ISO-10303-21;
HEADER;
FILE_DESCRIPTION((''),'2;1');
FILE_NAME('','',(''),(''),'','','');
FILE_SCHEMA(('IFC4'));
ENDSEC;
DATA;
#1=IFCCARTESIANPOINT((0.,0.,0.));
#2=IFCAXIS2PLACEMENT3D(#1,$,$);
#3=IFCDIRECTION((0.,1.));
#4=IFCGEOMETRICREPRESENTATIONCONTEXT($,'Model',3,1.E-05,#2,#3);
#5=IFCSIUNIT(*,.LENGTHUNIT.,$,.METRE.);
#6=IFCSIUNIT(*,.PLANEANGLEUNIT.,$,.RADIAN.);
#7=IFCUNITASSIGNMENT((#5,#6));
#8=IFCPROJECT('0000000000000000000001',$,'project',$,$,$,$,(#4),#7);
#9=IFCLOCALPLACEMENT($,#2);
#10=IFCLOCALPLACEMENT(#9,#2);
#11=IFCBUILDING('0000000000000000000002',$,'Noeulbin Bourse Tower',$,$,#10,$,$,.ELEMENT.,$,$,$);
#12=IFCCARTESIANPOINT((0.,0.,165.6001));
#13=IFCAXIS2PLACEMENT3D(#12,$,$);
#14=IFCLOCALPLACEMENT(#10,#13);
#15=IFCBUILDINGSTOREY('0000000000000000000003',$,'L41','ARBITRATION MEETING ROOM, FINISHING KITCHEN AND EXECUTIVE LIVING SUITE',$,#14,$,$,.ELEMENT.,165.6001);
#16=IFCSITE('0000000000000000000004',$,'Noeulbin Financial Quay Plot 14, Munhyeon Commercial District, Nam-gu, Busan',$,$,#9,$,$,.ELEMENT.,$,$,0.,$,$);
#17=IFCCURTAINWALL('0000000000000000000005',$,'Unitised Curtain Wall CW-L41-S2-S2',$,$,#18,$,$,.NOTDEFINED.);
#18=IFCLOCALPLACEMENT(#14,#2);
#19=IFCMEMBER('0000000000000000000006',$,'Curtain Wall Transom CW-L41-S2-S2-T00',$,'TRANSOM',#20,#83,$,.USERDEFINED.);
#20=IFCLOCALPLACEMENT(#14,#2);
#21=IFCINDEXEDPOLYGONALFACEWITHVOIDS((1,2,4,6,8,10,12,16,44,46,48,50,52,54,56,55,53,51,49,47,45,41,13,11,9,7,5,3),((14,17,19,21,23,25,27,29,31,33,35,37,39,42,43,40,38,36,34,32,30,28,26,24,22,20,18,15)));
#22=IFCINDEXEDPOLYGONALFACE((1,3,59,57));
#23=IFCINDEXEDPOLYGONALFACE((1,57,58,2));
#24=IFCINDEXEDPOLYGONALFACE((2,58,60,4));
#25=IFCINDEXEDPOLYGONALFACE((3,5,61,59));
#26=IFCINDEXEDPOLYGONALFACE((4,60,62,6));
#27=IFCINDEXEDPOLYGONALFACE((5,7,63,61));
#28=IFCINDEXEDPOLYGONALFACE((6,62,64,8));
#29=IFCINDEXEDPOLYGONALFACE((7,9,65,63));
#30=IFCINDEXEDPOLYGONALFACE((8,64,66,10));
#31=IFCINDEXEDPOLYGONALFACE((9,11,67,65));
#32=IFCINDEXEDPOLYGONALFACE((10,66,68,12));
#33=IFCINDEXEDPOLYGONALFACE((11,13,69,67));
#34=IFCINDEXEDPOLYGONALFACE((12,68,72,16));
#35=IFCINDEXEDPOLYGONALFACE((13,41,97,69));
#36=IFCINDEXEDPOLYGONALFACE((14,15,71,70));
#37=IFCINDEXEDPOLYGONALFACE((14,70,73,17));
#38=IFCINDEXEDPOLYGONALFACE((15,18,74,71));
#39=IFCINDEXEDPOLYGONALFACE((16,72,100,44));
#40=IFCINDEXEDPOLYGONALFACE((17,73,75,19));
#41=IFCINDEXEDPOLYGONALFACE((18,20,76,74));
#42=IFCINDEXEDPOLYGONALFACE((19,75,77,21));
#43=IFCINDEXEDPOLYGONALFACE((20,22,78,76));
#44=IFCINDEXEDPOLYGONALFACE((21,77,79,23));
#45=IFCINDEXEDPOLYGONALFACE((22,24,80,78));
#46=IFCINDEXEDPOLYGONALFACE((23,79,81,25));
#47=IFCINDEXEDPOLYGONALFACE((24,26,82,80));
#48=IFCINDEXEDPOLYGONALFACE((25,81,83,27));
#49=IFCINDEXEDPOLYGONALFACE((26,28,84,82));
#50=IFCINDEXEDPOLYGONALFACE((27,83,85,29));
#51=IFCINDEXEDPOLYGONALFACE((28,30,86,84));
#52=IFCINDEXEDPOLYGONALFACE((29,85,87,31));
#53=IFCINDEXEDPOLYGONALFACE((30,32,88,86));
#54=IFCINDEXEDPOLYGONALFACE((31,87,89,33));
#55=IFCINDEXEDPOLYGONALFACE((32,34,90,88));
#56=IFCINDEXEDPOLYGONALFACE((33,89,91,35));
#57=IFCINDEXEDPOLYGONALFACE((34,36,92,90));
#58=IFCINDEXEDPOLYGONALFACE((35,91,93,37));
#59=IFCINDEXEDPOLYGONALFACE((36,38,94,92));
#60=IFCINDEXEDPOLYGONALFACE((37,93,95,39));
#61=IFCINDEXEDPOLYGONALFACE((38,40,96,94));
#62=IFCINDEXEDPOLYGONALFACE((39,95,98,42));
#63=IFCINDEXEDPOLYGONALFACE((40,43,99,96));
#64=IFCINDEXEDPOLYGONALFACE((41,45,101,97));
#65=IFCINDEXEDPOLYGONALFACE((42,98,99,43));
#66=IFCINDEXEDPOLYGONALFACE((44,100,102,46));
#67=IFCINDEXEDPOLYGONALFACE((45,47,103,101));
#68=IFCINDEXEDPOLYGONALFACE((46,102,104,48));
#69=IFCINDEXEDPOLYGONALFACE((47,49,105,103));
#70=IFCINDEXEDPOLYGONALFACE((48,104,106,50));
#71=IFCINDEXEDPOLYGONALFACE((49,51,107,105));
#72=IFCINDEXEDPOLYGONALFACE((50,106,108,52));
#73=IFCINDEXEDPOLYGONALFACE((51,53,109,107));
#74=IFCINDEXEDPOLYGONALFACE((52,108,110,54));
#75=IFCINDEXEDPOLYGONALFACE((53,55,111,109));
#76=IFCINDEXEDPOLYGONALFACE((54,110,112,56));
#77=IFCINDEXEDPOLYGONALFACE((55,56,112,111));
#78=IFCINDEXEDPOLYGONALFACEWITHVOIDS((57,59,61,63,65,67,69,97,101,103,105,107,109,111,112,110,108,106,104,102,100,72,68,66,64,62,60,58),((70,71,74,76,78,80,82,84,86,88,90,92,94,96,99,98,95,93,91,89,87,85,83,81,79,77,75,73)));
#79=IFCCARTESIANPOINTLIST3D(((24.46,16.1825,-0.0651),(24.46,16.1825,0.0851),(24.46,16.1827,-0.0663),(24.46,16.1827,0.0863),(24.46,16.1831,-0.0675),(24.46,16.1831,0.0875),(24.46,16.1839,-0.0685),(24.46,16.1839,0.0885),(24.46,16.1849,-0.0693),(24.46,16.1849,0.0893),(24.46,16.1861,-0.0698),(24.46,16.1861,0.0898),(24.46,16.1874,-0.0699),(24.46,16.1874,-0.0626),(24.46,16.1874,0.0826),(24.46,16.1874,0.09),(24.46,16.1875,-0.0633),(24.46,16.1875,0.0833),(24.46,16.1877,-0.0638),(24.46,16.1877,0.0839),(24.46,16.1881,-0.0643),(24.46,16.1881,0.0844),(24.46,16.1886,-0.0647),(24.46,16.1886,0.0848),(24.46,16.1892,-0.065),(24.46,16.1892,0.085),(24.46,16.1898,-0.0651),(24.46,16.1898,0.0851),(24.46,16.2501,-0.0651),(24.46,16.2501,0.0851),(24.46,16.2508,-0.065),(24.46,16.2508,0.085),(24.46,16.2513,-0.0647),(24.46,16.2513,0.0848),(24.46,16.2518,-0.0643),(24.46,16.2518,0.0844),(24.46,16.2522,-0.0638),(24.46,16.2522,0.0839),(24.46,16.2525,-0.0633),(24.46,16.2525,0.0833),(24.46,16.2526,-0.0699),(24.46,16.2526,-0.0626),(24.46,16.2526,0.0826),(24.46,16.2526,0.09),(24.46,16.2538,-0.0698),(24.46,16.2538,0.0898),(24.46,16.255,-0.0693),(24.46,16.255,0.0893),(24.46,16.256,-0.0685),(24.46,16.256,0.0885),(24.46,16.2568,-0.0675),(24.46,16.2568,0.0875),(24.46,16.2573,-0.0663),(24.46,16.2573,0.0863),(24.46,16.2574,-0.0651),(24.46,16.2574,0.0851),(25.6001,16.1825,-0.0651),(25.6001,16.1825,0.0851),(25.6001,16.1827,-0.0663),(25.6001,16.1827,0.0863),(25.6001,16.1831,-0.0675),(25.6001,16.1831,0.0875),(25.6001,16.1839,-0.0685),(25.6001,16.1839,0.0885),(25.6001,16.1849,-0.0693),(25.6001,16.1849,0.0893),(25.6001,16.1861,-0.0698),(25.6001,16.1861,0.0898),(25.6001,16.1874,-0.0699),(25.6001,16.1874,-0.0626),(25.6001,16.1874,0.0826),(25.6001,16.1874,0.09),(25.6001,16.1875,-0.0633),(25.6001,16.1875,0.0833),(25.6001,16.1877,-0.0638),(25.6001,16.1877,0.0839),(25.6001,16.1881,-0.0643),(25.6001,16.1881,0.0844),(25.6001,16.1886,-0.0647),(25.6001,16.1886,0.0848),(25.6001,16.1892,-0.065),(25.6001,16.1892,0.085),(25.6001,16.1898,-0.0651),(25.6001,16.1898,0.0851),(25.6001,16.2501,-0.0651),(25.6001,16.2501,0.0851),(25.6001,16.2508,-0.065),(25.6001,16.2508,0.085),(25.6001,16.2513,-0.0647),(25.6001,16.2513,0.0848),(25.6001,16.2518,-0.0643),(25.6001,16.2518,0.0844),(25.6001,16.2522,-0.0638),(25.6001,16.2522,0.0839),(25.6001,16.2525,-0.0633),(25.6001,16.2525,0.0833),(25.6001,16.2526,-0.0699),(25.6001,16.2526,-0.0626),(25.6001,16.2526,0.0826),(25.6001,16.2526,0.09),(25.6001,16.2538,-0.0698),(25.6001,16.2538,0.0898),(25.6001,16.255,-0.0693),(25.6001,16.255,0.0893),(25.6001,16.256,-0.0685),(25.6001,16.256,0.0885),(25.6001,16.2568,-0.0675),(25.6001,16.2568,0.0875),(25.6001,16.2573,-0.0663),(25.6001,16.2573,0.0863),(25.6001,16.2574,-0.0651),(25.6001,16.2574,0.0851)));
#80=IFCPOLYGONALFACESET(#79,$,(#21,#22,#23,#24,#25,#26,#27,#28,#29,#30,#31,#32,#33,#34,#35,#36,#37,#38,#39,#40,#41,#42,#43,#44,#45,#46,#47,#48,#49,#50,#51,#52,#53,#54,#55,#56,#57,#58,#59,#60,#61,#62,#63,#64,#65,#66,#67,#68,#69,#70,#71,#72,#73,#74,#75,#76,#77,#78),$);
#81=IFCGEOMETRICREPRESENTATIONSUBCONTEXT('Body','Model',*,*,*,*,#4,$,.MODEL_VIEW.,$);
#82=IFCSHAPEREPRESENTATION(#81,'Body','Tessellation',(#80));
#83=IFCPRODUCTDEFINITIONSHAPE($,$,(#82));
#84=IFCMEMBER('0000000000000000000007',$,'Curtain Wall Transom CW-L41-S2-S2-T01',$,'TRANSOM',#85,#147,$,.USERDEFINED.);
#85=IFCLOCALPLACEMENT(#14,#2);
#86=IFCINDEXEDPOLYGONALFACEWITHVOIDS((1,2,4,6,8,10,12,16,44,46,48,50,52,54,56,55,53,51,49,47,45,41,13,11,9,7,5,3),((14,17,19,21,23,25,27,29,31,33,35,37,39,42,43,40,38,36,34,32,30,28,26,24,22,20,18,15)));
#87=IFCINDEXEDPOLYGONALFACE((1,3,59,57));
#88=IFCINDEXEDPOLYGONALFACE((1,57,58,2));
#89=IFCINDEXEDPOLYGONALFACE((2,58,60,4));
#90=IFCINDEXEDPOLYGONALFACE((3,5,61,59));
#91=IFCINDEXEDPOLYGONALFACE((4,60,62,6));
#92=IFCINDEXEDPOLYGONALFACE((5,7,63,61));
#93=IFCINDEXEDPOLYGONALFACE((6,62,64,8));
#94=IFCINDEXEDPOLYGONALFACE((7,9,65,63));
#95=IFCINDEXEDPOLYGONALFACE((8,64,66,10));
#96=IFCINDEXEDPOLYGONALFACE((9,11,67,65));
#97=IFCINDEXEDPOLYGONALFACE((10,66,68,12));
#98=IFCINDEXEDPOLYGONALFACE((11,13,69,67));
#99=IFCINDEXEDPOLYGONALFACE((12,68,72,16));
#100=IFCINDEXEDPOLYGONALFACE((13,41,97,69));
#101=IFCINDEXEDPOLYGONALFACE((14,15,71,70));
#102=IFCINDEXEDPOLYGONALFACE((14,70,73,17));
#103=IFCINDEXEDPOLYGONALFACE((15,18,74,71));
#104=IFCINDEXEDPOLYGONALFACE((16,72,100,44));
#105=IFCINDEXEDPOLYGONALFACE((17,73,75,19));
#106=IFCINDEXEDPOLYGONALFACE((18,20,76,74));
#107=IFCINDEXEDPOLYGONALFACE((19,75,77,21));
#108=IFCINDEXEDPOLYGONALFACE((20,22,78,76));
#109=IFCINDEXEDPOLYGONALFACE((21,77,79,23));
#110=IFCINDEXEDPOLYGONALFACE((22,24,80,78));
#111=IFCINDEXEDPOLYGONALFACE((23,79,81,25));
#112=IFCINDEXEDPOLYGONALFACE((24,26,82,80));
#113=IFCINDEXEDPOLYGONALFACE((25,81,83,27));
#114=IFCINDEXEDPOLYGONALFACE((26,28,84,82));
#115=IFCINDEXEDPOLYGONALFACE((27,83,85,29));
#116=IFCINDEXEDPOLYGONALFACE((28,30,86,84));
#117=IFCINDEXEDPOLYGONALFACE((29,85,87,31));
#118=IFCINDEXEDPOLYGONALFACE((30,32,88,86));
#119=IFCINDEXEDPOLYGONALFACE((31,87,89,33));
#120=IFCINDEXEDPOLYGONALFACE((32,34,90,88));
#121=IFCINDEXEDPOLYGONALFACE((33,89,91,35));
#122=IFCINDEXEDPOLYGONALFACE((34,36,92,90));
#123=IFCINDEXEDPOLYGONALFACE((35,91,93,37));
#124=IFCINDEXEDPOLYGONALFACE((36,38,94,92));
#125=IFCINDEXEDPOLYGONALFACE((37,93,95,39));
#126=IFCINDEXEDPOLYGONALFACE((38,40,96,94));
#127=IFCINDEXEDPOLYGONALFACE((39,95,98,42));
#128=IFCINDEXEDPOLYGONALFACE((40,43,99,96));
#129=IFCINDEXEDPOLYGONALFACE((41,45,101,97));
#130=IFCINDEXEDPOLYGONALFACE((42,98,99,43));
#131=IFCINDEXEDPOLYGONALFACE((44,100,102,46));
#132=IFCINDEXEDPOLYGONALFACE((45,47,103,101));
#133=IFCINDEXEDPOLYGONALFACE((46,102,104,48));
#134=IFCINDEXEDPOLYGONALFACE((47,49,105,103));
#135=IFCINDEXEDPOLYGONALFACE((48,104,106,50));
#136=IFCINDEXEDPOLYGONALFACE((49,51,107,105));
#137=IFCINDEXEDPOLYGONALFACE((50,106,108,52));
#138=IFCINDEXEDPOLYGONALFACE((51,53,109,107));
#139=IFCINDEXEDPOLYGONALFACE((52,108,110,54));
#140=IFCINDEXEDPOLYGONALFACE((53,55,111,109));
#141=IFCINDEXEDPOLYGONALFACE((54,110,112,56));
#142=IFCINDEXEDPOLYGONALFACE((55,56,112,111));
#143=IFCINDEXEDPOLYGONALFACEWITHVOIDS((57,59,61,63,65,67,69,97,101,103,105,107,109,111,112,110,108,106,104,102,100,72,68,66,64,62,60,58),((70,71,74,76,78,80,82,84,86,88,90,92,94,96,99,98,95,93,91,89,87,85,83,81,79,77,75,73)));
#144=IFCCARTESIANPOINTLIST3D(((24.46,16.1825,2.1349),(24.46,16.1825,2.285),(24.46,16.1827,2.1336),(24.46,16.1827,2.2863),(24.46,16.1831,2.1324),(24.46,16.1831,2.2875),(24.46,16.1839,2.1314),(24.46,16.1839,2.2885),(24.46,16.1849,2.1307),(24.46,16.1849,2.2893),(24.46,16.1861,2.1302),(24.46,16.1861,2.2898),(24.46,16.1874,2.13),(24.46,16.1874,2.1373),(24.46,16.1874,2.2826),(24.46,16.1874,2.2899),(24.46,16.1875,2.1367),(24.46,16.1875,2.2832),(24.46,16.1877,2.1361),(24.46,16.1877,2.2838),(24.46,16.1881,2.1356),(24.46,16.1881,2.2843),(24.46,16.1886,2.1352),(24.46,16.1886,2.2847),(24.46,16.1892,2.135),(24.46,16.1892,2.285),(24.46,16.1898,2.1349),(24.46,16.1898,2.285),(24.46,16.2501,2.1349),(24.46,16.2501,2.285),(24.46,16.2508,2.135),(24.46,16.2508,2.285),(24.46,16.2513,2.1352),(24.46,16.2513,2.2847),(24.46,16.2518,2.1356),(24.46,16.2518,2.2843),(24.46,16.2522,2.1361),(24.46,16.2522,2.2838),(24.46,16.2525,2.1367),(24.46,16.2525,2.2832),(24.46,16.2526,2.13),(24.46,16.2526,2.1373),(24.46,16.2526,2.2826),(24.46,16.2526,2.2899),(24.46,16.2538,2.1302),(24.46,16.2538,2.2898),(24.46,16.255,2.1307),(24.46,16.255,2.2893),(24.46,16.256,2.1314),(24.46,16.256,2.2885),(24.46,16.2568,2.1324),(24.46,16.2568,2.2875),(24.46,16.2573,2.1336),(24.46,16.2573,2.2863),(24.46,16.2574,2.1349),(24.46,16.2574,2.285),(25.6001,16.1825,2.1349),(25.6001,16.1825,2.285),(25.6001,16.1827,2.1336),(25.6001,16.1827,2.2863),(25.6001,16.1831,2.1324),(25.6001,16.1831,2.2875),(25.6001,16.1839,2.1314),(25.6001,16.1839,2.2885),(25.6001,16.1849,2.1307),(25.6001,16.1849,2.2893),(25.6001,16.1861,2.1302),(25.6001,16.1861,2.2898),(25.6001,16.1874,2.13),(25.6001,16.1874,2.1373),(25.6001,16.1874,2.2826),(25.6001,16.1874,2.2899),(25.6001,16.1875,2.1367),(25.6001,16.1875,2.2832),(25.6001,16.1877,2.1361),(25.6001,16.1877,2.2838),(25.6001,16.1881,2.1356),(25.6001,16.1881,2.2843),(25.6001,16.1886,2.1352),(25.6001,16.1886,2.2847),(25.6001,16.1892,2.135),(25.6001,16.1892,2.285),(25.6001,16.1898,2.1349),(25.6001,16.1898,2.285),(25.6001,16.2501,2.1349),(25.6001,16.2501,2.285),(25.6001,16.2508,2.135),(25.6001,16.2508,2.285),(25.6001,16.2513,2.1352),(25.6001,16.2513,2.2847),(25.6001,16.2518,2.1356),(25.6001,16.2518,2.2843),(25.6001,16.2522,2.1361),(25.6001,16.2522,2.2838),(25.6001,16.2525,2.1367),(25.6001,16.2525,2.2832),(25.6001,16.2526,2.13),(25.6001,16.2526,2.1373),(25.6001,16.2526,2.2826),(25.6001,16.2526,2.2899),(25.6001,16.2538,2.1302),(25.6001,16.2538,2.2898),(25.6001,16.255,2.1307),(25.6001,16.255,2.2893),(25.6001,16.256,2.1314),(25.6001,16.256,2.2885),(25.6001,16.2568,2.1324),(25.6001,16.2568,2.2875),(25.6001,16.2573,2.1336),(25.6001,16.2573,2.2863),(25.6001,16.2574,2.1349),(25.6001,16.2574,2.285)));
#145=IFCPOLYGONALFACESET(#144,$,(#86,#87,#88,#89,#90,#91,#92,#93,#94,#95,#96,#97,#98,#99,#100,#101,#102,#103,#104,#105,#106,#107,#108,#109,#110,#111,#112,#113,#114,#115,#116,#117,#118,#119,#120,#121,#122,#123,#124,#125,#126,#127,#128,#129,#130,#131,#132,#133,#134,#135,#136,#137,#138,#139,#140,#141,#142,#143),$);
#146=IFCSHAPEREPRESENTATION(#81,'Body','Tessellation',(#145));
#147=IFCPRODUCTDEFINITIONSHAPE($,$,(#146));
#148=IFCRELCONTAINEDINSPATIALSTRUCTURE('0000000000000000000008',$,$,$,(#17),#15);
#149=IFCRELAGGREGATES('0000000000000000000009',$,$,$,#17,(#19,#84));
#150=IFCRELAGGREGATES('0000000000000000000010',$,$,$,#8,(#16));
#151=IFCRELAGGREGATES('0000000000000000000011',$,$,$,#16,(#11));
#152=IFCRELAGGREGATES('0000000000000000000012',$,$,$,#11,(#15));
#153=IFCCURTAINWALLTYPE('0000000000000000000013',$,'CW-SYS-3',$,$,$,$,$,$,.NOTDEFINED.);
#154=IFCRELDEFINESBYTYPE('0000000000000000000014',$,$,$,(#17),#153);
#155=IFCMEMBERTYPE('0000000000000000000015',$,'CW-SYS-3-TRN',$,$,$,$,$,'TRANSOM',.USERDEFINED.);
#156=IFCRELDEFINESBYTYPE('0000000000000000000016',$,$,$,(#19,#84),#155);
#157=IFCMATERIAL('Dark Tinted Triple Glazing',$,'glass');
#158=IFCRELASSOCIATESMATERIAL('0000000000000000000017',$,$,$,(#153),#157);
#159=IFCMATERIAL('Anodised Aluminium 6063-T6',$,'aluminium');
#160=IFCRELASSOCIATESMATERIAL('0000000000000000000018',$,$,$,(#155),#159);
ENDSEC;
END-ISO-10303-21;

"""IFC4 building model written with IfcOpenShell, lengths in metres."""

from ifc_helpers import new_model, si_unit, direction, frame, origin, origin_2d, place, context, subcontext, project, spatial, hollow_rectangle, extrude, material, material_profile, profile_set, type_object, element, aggregate, save


model = new_model("IFC4")

# Units and contexts
model_context = context("Model", 3, precision=1e-05, world=origin(), true_north=direction((0.0, 1.0)))
body_context = subcontext(model_context, "Body", "Model", "MODEL_VIEW")
ifc_project = project(units=[si_unit("LENGTHUNIT", "METRE"), si_unit("PLANEANGLEUNIT", "RADIAN")], contexts=[model_context])

# Site, building, storey
site_placement = place(None, origin())
site = spatial("IfcSite", under=ifc_project, at=site_placement, Name="Noeulbin Financial Quay Plot 14, Munhyeon Commercial District, Nam-gu, Busan", CompositionType="ELEMENT", RefElevation=0.0)
building_placement = place(site_placement, origin())
building = spatial("IfcBuilding", under=site, at=building_placement, Name="Noeulbin Bourse Tower", CompositionType="ELEMENT")
storey_placement = place(building_placement, frame((0.0, 0.0, 165.6001)))
storey = spatial("IfcBuildingStorey", under=building, at=storey_placement, Name="L41", Description="ARBITRATION MEETING ROOM, FINISHING KITCHEN AND EXECUTIVE LIVING SUITE", CompositionType="ELEMENT", Elevation=165.6001)

# Shared definitions
ifc_material_1 = material(Name="Dark Tinted Triple Glazing", Category="glass")
curtain_wall_type = type_object("IfcCurtainWallType", Name="CW-SYS-3", PredefinedType="NOTDEFINED", material=ifc_material_1)
ifc_material_2 = material(Name="Anodised Aluminium 6063-T6", Category="aluminium")

# Curtain wall
curtain_wall_1_placement = place(storey_placement, origin())
curtain_wall_1 = element("IfcCurtainWall", 1, at=curtain_wall_1_placement, inside=storey, type_object=curtain_wall_type, Name="Unitised Curtain Wall CW-L41-S2-S2", PredefinedType="NOTDEFINED")

# Members
ifc_material_profile_1 = material_profile(ifc_material_2, hollow_rectangle(XDim=0.075, YDim=0.1599, WallThickness=0.0049, InnerFilletRadius=0.0024, OuterFilletRadius=0.0049, at=origin_2d()), Name="ALU-TRAN-75x160x5", Category="LoadBearing")
ifc_profile_set_1 = profile_set([ifc_material_profile_1], Name="Anodised Aluminium 6063-T6")
member_type_1 = type_object("IfcMemberType", Name="CW-SYS-3-TRN", ElementType="TRANSOM", PredefinedType="USERDEFINED", material=ifc_profile_set_1)
member_1_placement = place(storey_placement, frame((24.46, 16.22, 0.01), z_axis=(1.0, 0.0, 0.0), x_axis=(0.0, 1.0, 0.0)))
member_1 = element("IfcMember", 2, at=member_1_placement, type_object=member_type_1, Name="Curtain Wall Transom CW-L41-S2-S2-T00", ObjectType="TRANSOM", PredefinedType="USERDEFINED", context=body_context, shape_type="SweptSolid", body=[
    extrude(hollow_rectangle(XDim=0.075, YDim=0.1599, WallThickness=0.0049, InnerFilletRadius=0.0024, OuterFilletRadius=0.0049, at=origin_2d()), origin(), (0.0, 0.0, 1.0), 1.1401),
])
member_2_placement = place(storey_placement, frame((24.46, 16.22, 2.21), z_axis=(1.0, 0.0, 0.0), x_axis=(0.0, 1.0, 0.0)))
member_2 = element("IfcMember", 3, at=member_2_placement, type_object=member_type_1, Name="Curtain Wall Transom CW-L41-S2-S2-T01", ObjectType="TRANSOM", PredefinedType="USERDEFINED", context=body_context, shape_type="SweptSolid", body=[
    extrude(hollow_rectangle(XDim=0.075, YDim=0.1599, WallThickness=0.0049, InnerFilletRadius=0.0024, OuterFilletRadius=0.0049, at=origin_2d()), origin(), (0.0, 0.0, 1.0), 1.1401),
])

aggregate(curtain_wall_1, [member_1, member_2])

save(model, "model.ifc")
